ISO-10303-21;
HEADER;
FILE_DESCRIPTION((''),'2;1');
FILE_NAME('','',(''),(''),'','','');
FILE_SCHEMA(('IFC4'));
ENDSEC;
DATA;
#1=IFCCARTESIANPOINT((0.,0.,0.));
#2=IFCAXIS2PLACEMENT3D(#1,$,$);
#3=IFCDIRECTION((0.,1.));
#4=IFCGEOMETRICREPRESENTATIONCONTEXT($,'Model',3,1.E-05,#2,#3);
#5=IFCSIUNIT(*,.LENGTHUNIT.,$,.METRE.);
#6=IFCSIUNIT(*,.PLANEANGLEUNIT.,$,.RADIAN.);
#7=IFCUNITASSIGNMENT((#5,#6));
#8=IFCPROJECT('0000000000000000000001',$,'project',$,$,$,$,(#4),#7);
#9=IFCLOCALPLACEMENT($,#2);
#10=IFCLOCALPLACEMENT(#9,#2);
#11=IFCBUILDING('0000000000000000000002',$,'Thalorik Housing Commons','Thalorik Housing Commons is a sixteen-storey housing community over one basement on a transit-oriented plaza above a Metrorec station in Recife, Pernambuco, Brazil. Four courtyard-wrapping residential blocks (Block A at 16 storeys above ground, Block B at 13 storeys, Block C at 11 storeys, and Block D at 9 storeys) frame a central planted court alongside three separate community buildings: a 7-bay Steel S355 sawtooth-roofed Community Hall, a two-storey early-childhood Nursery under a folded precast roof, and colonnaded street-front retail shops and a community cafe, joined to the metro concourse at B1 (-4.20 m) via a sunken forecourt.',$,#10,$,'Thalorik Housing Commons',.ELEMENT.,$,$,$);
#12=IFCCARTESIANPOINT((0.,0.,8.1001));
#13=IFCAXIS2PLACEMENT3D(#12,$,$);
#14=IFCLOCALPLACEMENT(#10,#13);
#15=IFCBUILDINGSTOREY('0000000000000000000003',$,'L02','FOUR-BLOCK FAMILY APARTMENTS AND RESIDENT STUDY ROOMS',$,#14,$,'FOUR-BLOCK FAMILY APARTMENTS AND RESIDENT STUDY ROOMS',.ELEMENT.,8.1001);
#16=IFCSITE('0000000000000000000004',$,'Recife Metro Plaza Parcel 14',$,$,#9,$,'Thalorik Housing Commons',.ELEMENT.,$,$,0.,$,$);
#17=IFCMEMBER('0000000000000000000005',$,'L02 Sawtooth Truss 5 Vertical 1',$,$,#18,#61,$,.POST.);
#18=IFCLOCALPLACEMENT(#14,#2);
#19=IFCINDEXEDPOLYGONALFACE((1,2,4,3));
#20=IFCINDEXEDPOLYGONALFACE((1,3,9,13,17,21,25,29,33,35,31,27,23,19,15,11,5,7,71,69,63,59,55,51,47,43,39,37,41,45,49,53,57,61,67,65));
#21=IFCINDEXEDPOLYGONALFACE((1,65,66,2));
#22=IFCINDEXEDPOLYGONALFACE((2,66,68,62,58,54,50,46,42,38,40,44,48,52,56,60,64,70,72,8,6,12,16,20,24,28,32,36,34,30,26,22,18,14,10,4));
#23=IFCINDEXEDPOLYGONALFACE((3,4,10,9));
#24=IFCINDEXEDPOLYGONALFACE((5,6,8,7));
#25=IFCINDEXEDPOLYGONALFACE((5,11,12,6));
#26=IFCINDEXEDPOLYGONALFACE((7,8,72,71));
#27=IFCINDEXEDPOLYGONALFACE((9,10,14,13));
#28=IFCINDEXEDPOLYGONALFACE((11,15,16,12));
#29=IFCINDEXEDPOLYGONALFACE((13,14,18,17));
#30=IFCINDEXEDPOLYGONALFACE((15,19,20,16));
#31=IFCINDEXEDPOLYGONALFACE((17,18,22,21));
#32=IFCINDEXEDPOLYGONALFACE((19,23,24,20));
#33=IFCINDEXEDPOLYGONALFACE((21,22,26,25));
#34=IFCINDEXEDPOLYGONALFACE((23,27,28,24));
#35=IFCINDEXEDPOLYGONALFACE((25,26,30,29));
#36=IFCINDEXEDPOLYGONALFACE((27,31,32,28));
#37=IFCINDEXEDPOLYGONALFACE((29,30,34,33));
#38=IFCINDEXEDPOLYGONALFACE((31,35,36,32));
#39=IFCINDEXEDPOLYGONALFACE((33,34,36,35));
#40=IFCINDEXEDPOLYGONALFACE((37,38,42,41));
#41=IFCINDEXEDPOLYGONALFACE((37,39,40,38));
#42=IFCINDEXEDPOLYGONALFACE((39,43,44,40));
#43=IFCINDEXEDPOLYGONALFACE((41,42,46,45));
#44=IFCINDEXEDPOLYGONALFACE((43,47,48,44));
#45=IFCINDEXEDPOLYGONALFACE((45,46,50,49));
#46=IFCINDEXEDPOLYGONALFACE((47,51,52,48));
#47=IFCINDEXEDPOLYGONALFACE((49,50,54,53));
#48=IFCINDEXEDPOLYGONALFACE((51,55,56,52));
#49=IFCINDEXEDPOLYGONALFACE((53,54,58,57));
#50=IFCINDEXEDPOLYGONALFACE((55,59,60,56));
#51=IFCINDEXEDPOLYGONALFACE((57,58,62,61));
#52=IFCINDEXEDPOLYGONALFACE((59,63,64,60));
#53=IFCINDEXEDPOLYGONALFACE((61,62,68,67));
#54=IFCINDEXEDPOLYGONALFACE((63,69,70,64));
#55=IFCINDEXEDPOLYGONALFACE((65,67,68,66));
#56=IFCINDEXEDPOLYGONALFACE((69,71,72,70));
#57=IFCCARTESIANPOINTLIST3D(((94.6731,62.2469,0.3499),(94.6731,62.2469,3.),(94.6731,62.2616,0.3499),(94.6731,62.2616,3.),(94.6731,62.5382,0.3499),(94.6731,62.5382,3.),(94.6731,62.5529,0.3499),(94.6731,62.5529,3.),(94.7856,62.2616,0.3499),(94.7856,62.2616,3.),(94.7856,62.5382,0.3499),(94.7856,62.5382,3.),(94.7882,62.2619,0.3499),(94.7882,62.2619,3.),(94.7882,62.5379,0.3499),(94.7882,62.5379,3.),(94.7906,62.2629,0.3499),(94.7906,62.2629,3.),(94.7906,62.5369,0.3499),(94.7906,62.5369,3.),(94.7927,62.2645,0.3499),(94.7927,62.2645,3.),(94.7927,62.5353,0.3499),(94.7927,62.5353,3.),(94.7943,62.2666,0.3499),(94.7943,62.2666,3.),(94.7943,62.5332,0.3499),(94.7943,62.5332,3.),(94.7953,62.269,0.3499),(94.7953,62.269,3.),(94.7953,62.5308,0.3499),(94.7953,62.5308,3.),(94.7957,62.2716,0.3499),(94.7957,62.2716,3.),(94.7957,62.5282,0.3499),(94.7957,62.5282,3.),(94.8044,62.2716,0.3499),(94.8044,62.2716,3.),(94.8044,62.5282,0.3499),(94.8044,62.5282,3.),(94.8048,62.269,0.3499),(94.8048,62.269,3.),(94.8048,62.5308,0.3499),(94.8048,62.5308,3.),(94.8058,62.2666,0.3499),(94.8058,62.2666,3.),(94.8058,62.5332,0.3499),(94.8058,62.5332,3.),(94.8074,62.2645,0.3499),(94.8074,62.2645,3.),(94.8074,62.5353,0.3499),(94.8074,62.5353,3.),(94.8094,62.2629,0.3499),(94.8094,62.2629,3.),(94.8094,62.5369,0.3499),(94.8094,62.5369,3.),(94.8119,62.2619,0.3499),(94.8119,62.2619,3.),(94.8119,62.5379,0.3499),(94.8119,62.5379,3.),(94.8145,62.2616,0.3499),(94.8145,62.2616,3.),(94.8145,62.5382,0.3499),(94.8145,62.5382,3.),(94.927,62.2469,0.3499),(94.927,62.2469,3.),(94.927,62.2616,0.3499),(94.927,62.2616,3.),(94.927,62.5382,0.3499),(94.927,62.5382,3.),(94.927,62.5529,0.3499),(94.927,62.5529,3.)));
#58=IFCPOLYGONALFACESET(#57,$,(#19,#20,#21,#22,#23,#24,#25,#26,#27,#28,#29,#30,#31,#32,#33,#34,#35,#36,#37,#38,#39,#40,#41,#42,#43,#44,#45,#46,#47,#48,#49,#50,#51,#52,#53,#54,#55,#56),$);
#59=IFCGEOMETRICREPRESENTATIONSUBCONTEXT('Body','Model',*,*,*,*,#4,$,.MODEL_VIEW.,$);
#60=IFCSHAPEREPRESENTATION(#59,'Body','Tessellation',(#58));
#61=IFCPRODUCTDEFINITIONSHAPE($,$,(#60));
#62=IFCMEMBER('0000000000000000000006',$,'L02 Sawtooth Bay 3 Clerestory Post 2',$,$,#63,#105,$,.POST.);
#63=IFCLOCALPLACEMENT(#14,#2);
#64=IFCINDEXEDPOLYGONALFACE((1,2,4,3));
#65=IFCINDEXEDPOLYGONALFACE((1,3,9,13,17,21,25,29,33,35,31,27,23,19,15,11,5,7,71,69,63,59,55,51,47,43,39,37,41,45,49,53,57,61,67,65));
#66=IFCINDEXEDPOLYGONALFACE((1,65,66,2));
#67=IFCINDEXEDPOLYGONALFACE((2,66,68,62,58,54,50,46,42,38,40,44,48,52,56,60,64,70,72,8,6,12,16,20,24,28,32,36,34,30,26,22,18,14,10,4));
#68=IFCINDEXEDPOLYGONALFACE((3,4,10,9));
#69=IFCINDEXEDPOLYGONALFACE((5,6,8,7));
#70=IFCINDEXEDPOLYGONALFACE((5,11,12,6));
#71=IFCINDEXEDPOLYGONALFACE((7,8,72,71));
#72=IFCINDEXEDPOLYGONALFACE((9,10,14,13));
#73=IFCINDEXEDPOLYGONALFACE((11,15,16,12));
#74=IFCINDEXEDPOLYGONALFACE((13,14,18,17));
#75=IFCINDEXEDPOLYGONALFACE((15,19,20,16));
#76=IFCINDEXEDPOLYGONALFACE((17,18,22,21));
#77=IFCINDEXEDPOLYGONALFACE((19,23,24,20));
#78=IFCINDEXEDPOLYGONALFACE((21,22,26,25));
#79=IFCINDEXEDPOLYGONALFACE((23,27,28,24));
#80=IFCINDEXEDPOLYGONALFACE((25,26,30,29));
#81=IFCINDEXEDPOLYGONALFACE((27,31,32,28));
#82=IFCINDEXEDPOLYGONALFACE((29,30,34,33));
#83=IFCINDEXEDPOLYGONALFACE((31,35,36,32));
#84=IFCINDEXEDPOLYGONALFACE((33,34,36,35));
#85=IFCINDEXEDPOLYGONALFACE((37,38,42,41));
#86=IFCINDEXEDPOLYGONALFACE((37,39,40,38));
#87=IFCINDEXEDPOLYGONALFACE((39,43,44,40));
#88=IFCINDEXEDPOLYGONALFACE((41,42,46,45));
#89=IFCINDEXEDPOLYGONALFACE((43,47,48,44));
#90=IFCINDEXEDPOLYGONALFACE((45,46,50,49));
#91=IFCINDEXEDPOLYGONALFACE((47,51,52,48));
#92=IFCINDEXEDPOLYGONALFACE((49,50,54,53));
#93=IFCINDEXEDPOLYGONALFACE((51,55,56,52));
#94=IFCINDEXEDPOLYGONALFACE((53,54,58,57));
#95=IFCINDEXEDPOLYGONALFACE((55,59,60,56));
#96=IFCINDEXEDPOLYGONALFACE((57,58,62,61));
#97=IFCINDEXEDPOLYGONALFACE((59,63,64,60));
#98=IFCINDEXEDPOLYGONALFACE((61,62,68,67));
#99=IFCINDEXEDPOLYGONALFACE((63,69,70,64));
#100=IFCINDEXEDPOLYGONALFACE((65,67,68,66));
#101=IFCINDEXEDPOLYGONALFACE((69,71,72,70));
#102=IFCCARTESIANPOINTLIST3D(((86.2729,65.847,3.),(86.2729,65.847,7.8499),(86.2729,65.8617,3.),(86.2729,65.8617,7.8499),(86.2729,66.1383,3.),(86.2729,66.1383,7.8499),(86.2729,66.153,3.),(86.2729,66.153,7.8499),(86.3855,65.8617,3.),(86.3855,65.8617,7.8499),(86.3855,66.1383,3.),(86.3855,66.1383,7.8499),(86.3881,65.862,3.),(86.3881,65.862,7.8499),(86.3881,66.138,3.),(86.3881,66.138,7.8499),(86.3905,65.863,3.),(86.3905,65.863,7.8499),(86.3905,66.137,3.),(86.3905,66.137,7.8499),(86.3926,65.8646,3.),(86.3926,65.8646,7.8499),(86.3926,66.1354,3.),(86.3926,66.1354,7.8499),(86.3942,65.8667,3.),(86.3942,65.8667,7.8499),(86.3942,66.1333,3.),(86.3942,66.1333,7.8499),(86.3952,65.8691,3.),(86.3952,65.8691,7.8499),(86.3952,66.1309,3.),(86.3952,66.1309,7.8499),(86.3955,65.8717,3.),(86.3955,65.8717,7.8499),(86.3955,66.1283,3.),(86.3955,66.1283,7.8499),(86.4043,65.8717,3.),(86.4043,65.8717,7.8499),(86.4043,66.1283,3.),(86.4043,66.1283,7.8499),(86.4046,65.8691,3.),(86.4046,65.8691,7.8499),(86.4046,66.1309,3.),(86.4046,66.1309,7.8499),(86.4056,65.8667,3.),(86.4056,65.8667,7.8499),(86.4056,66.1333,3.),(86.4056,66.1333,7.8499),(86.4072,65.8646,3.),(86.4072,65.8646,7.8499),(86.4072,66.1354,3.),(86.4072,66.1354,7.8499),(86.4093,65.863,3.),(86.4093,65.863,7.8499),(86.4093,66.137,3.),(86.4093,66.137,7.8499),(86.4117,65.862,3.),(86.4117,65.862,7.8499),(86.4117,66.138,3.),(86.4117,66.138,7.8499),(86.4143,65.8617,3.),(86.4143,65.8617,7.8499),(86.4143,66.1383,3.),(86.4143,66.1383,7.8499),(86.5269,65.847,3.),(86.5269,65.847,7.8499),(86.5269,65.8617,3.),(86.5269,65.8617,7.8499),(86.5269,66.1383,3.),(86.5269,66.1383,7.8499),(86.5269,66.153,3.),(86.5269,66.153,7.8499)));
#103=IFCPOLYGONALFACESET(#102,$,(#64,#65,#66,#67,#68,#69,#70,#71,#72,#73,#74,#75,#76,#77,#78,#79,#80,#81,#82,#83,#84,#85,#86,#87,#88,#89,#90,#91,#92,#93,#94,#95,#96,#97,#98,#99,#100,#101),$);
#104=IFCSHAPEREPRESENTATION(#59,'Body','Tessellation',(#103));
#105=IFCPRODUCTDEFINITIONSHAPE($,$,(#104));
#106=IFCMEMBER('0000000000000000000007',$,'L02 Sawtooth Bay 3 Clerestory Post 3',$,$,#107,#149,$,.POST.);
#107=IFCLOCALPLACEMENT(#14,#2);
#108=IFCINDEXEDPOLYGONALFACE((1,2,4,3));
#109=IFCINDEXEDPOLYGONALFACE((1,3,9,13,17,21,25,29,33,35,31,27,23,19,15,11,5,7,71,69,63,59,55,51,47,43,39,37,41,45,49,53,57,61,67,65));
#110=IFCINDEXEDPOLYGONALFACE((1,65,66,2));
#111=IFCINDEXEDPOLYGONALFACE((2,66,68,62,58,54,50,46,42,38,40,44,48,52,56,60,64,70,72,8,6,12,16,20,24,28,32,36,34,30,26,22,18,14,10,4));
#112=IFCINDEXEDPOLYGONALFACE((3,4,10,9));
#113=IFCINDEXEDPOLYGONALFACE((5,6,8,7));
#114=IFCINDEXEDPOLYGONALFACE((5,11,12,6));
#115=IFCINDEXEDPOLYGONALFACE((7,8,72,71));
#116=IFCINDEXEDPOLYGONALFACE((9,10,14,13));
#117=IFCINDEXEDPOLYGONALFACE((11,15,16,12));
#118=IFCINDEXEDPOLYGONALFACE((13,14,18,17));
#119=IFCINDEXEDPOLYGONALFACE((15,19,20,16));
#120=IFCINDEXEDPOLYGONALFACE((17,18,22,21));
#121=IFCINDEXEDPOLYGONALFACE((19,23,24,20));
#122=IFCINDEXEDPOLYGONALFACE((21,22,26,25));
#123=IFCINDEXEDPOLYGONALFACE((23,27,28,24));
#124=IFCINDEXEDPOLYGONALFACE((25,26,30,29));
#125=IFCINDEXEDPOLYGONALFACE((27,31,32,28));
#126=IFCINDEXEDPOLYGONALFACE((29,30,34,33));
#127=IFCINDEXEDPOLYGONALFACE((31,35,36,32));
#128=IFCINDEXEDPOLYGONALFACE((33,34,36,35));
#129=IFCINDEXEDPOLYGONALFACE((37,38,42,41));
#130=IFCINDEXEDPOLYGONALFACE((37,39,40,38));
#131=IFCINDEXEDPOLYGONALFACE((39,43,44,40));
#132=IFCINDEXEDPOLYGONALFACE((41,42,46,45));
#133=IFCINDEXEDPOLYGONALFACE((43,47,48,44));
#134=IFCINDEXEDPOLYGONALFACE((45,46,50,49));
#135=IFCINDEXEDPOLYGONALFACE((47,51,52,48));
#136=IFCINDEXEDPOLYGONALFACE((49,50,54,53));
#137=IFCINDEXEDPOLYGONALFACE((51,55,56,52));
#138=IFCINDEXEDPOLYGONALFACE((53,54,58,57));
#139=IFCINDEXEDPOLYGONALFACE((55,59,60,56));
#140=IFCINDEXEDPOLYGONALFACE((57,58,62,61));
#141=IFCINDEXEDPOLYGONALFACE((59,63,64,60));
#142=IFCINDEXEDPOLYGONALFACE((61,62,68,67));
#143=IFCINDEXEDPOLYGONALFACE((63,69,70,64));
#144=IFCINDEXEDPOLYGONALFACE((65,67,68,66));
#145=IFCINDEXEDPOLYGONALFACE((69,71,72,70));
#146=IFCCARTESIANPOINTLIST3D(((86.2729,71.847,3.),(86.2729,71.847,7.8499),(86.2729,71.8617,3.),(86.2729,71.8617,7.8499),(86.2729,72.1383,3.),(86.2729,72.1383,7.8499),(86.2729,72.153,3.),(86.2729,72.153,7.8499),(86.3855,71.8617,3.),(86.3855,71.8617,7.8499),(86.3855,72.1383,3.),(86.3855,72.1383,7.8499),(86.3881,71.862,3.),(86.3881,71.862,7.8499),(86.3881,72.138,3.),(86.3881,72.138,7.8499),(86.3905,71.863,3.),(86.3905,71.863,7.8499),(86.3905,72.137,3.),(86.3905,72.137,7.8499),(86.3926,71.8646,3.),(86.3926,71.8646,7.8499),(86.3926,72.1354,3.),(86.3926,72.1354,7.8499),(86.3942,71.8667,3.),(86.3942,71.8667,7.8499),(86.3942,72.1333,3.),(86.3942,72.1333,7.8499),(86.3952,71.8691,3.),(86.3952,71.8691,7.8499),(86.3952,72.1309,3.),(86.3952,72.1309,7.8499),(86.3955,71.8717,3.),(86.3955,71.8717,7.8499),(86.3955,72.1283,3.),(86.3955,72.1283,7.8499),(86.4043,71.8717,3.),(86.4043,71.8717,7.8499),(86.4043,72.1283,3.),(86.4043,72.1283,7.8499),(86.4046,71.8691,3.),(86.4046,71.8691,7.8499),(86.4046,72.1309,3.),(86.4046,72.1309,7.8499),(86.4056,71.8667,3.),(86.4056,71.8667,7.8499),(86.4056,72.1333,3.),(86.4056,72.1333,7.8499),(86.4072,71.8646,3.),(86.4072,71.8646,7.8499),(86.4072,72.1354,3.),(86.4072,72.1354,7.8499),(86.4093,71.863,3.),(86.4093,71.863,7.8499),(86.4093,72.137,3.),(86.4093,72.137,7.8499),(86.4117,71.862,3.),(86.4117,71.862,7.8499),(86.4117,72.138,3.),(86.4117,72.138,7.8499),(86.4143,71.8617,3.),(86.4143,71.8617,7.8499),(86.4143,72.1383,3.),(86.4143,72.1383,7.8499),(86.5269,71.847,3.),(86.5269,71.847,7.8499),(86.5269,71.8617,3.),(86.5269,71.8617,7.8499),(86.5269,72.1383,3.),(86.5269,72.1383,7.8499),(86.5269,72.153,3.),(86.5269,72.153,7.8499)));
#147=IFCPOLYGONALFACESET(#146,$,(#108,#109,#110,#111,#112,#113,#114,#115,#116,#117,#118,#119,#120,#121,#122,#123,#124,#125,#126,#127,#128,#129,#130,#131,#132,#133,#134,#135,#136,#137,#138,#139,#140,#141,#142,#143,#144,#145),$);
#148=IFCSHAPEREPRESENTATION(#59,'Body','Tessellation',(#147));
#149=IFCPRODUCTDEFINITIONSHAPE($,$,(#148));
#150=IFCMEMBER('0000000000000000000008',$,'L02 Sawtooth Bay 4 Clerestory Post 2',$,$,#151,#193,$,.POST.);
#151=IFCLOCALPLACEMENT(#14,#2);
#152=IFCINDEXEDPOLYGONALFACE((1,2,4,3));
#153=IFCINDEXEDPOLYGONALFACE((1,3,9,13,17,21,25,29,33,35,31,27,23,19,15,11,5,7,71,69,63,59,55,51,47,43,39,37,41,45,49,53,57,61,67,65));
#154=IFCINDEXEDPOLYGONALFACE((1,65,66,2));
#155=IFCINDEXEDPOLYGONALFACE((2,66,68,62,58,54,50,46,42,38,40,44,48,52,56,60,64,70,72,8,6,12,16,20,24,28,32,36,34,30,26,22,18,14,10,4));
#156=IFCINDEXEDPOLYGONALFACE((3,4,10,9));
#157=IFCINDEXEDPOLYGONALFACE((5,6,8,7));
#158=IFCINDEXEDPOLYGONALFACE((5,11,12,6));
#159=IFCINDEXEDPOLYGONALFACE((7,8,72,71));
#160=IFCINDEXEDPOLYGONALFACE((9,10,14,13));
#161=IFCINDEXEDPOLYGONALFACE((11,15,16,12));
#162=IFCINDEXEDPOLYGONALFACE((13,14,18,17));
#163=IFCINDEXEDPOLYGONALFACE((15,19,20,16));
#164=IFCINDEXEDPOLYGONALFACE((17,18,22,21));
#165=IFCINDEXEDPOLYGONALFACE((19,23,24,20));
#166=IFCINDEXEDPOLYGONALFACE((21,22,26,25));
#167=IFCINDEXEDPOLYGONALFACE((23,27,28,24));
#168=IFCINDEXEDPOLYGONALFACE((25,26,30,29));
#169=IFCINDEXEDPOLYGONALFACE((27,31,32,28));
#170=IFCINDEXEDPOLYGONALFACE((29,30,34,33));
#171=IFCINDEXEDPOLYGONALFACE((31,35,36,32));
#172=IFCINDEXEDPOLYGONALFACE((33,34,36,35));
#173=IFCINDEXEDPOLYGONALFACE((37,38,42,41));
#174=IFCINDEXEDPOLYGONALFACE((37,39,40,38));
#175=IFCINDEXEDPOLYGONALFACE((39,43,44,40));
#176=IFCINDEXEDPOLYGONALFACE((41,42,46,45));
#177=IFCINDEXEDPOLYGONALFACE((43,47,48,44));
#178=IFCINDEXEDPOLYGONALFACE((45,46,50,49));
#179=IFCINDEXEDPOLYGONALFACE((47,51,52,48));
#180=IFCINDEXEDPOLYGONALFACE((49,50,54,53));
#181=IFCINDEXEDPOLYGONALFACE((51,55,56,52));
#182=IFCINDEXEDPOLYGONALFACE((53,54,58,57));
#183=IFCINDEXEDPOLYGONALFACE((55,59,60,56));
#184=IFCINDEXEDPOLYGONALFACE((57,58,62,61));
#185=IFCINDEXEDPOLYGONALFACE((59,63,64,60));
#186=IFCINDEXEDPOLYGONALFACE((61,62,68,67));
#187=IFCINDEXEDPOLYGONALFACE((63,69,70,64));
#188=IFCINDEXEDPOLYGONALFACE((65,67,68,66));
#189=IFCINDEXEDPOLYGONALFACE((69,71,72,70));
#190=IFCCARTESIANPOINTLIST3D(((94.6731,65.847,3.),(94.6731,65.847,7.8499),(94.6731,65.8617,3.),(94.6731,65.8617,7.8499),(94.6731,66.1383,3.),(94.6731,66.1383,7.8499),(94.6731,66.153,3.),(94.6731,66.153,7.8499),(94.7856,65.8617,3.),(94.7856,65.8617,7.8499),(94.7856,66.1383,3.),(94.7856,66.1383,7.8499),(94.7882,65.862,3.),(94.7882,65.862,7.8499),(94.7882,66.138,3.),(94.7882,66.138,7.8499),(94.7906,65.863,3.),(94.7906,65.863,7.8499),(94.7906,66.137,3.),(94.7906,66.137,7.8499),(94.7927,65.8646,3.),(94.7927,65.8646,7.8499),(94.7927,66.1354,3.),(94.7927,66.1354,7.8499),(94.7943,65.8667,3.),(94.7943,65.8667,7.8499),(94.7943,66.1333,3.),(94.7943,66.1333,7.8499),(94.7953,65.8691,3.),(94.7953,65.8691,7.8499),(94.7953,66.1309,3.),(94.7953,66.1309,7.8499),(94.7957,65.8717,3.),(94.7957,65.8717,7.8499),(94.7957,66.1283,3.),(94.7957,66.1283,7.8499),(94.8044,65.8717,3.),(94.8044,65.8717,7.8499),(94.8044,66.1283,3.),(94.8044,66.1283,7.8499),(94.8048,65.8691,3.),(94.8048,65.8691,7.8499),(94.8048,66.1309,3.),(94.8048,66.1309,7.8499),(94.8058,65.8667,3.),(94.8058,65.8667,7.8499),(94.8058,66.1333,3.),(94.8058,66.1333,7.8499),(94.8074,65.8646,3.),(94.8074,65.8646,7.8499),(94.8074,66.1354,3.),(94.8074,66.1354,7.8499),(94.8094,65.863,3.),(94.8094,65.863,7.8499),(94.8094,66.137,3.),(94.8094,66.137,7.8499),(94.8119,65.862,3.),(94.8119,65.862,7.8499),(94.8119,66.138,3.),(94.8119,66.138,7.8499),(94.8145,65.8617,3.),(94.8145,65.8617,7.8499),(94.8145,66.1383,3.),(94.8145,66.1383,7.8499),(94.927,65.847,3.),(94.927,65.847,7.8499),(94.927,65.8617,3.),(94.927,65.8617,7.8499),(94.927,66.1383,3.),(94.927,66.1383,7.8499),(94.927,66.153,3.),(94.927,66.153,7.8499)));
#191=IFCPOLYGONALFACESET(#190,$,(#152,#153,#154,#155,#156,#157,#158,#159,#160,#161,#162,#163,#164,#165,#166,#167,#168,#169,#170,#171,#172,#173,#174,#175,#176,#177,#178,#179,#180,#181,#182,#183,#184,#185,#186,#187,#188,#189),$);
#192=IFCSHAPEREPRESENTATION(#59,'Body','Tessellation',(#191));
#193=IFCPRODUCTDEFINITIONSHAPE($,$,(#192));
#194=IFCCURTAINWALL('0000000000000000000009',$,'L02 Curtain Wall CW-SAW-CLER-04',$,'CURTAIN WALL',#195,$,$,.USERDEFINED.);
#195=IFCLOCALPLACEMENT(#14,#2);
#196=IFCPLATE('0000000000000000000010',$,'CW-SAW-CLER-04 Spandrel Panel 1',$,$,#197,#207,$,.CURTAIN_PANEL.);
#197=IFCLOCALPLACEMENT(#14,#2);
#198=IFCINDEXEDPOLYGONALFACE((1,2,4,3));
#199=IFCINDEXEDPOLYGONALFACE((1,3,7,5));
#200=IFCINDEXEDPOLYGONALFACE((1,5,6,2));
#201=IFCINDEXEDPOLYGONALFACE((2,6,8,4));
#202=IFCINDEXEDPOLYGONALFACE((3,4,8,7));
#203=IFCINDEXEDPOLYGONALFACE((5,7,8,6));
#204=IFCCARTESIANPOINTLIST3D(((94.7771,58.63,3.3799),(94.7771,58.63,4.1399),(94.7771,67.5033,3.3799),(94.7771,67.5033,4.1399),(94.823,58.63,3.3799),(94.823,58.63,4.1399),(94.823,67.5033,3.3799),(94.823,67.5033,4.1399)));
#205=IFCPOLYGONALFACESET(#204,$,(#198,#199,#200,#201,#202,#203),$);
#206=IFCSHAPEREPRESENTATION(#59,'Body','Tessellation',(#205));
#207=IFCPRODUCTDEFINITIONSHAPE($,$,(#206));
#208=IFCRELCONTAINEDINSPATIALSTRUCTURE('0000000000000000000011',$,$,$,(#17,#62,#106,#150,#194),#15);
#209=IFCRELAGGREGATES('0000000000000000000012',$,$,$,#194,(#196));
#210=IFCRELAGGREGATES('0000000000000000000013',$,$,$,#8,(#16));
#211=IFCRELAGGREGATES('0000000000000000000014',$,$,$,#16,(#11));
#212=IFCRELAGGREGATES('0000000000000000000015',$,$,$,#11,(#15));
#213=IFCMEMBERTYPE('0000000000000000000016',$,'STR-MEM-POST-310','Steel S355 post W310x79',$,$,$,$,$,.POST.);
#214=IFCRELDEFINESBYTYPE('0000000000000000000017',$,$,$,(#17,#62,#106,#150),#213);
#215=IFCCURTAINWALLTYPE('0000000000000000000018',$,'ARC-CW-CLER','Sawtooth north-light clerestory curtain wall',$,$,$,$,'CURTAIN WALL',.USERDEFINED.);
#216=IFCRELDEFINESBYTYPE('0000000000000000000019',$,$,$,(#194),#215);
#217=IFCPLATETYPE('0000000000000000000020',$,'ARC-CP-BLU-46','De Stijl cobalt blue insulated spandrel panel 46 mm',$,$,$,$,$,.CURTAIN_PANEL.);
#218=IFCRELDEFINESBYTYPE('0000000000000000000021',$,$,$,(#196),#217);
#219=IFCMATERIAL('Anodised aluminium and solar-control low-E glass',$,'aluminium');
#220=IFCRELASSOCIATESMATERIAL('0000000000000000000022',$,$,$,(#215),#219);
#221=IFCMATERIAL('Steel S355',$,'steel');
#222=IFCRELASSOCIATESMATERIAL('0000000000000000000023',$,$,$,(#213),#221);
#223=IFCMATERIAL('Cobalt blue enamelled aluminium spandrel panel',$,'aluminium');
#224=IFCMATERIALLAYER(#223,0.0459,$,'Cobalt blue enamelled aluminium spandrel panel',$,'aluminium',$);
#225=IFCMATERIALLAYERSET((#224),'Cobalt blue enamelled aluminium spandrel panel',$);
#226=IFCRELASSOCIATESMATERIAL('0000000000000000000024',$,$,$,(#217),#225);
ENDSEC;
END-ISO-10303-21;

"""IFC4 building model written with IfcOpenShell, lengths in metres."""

from ifc_helpers import new_model, si_unit, direction, frame, origin, origin_2d, place, context, subcontext, project, spatial, rectangle, i_section, extrude, material, layer, layer_set, material_profile, profile_set, type_object, element, aggregate, save


model = new_model("IFC4")

# Units and contexts
model_context = context("Model", 3, precision=1e-05, world=origin(), true_north=direction((0.0, 1.0)))
body_context = subcontext(model_context, "Body", "Model", "MODEL_VIEW")
ifc_project = project(units=[si_unit("LENGTHUNIT", "METRE"), si_unit("PLANEANGLEUNIT", "RADIAN")], contexts=[model_context])

# Site, building, storey
site_placement = place(None, origin())
site = spatial("IfcSite", under=ifc_project, at=site_placement, Name="Recife Metro Plaza Parcel 14", LongName="Thalorik Housing Commons", CompositionType="ELEMENT", RefElevation=0.0)
building_placement = place(site_placement, origin())
building = spatial("IfcBuilding", under=site, at=building_placement, Name="Thalorik Housing Commons", Description="Thalorik Housing Commons is a sixteen-storey housing community over one basement on a transit-oriented plaza above a Metrorec station in Recife, Pernambuco, Brazil. Four courtyard-wrapping residential blocks (Block A at 16 storeys above ground, Block B at 13 storeys, Block C at 11 storeys, and Block D at 9 storeys) frame a central planted court alongside three separate community buildings: a 7-bay Steel S355 sawtooth-roofed Community Hall, a two-storey early-childhood Nursery under a folded precast roof, and colonnaded street-front retail shops and a community cafe, joined to the metro concourse at B1 (-4.20 m) via a sunken forecourt.", LongName="Thalorik Housing Commons", CompositionType="ELEMENT")
storey_placement = place(building_placement, frame((0.0, 0.0, 8.1001)))
storey = spatial("IfcBuildingStorey", under=building, at=storey_placement, Name="L02", Description="FOUR-BLOCK FAMILY APARTMENTS AND RESIDENT STUDY ROOMS", LongName="FOUR-BLOCK FAMILY APARTMENTS AND RESIDENT STUDY ROOMS", CompositionType="ELEMENT", Elevation=8.1001)

# Shared definitions
ifc_material_1 = material(Name="Anodised aluminium and solar-control low-E glass", Category="aluminium")
curtain_wall_type = type_object("IfcCurtainWallType", Name="ARC-CW-CLER", Description="Sawtooth north-light clerestory curtain wall", ElementType="CURTAIN WALL", PredefinedType="USERDEFINED", material=ifc_material_1)

# Shared definitions
ifc_material_2 = material(Name="Steel S355", Category="steel")

# Members
ifc_material_profile_1 = material_profile(ifc_material_2, i_section(OverallWidth=0.2539, OverallDepth=0.3059, WebThickness=0.0088, FlangeThickness=0.0146, FilletRadius=0.01, at=origin_2d()), Name="W310x79", Category="steel")
ifc_profile_set_1 = profile_set([ifc_material_profile_1], Name="Steel S355")
member_type_1 = type_object("IfcMemberType", Name="STR-MEM-POST-310", Description="Steel S355 post W310x79", PredefinedType="POST", material=ifc_profile_set_1)
for number, where, z_axis, x_axis, name in (
    (1, (94.8, 62.3999, 0.3499), (0.0, 0.0, 1.0), (1.0, 0.0, 0.0), "L02 Sawtooth Truss 5 Vertical 1"),
):
    element("IfcMember", number, at=place(storey_placement, frame(where, z_axis=z_axis, x_axis=x_axis)), inside=storey, type_object=member_type_1, Name=name, PredefinedType="POST", context=body_context, shape_type="SweptSolid", body=[
        extrude(i_section(OverallWidth=0.2539, OverallDepth=0.3059, WebThickness=0.0088, FlangeThickness=0.0146, FilletRadius=0.01, at=origin_2d()), origin(), (0.0, 0.0, 1.0), 2.6501),
    ])
for number, where, z_axis, x_axis, name in (
    (2, (86.3999, 66.0, 3.0), (0.0, 0.0, 1.0), (1.0, 0.0, 0.0), "L02 Sawtooth Bay 3 Clerestory Post 2"),
    (3, (86.3999, 72.0, 3.0), (0.0, 0.0, 1.0), (1.0, 0.0, 0.0), "L02 Sawtooth Bay 3 Clerestory Post 3"),
    (4, (94.8, 66.0, 3.0), (0.0, 0.0, 1.0), (1.0, 0.0, 0.0), "L02 Sawtooth Bay 4 Clerestory Post 2"),
):
    element("IfcMember", number, at=place(storey_placement, frame(where, z_axis=z_axis, x_axis=x_axis)), inside=storey, type_object=member_type_1, Name=name, PredefinedType="POST", context=body_context, shape_type="SweptSolid", body=[
        extrude(i_section(OverallWidth=0.2539, OverallDepth=0.3059, WebThickness=0.0088, FlangeThickness=0.0146, FilletRadius=0.01, at=origin_2d()), origin(), (0.0, 0.0, 1.0), 4.8499),
    ])

# Curtain wall, plate
curtain_wall_1_placement = place(storey_placement, origin())
curtain_wall_1 = element("IfcCurtainWall", 5, at=curtain_wall_1_placement, inside=storey, type_object=curtain_wall_type, Name="L02 Curtain Wall CW-SAW-CLER-04", ObjectType="CURTAIN WALL", PredefinedType="USERDEFINED")
ifc_material_3 = material(Name="Cobalt blue enamelled aluminium spandrel panel", Category="aluminium")
ifc_layer_1 = layer(ifc_material_3, 0.0459, Name="Cobalt blue enamelled aluminium spandrel panel", Category="aluminium")
ifc_layer_set_1 = layer_set([ifc_layer_1], Name="Cobalt blue enamelled aluminium spandrel panel")
plate_type_1 = type_object("IfcPlateType", Name="ARC-CP-BLU-46", Description="De Stijl cobalt blue insulated spandrel panel 46 mm", PredefinedType="CURTAIN_PANEL", material=ifc_layer_set_1)
plate_1_placement = place(storey_placement, frame((94.8, 63.0667, 3.3799), z_axis=(0.0, 0.0, 1.0), x_axis=(0.0, 1.0, 0.0)))
plate_1 = element("IfcPlate", 6, at=plate_1_placement, type_object=plate_type_1, Name="CW-SAW-CLER-04 Spandrel Panel 1", PredefinedType="CURTAIN_PANEL", context=body_context, shape_type="SweptSolid", body=[
    extrude(rectangle(XDim=8.8733, YDim=0.0459, at=origin_2d()), origin(), (0.0, 0.0, 1.0), 0.76),
])

aggregate(curtain_wall_1, [plate_1])

save(model, "model.ifc")
